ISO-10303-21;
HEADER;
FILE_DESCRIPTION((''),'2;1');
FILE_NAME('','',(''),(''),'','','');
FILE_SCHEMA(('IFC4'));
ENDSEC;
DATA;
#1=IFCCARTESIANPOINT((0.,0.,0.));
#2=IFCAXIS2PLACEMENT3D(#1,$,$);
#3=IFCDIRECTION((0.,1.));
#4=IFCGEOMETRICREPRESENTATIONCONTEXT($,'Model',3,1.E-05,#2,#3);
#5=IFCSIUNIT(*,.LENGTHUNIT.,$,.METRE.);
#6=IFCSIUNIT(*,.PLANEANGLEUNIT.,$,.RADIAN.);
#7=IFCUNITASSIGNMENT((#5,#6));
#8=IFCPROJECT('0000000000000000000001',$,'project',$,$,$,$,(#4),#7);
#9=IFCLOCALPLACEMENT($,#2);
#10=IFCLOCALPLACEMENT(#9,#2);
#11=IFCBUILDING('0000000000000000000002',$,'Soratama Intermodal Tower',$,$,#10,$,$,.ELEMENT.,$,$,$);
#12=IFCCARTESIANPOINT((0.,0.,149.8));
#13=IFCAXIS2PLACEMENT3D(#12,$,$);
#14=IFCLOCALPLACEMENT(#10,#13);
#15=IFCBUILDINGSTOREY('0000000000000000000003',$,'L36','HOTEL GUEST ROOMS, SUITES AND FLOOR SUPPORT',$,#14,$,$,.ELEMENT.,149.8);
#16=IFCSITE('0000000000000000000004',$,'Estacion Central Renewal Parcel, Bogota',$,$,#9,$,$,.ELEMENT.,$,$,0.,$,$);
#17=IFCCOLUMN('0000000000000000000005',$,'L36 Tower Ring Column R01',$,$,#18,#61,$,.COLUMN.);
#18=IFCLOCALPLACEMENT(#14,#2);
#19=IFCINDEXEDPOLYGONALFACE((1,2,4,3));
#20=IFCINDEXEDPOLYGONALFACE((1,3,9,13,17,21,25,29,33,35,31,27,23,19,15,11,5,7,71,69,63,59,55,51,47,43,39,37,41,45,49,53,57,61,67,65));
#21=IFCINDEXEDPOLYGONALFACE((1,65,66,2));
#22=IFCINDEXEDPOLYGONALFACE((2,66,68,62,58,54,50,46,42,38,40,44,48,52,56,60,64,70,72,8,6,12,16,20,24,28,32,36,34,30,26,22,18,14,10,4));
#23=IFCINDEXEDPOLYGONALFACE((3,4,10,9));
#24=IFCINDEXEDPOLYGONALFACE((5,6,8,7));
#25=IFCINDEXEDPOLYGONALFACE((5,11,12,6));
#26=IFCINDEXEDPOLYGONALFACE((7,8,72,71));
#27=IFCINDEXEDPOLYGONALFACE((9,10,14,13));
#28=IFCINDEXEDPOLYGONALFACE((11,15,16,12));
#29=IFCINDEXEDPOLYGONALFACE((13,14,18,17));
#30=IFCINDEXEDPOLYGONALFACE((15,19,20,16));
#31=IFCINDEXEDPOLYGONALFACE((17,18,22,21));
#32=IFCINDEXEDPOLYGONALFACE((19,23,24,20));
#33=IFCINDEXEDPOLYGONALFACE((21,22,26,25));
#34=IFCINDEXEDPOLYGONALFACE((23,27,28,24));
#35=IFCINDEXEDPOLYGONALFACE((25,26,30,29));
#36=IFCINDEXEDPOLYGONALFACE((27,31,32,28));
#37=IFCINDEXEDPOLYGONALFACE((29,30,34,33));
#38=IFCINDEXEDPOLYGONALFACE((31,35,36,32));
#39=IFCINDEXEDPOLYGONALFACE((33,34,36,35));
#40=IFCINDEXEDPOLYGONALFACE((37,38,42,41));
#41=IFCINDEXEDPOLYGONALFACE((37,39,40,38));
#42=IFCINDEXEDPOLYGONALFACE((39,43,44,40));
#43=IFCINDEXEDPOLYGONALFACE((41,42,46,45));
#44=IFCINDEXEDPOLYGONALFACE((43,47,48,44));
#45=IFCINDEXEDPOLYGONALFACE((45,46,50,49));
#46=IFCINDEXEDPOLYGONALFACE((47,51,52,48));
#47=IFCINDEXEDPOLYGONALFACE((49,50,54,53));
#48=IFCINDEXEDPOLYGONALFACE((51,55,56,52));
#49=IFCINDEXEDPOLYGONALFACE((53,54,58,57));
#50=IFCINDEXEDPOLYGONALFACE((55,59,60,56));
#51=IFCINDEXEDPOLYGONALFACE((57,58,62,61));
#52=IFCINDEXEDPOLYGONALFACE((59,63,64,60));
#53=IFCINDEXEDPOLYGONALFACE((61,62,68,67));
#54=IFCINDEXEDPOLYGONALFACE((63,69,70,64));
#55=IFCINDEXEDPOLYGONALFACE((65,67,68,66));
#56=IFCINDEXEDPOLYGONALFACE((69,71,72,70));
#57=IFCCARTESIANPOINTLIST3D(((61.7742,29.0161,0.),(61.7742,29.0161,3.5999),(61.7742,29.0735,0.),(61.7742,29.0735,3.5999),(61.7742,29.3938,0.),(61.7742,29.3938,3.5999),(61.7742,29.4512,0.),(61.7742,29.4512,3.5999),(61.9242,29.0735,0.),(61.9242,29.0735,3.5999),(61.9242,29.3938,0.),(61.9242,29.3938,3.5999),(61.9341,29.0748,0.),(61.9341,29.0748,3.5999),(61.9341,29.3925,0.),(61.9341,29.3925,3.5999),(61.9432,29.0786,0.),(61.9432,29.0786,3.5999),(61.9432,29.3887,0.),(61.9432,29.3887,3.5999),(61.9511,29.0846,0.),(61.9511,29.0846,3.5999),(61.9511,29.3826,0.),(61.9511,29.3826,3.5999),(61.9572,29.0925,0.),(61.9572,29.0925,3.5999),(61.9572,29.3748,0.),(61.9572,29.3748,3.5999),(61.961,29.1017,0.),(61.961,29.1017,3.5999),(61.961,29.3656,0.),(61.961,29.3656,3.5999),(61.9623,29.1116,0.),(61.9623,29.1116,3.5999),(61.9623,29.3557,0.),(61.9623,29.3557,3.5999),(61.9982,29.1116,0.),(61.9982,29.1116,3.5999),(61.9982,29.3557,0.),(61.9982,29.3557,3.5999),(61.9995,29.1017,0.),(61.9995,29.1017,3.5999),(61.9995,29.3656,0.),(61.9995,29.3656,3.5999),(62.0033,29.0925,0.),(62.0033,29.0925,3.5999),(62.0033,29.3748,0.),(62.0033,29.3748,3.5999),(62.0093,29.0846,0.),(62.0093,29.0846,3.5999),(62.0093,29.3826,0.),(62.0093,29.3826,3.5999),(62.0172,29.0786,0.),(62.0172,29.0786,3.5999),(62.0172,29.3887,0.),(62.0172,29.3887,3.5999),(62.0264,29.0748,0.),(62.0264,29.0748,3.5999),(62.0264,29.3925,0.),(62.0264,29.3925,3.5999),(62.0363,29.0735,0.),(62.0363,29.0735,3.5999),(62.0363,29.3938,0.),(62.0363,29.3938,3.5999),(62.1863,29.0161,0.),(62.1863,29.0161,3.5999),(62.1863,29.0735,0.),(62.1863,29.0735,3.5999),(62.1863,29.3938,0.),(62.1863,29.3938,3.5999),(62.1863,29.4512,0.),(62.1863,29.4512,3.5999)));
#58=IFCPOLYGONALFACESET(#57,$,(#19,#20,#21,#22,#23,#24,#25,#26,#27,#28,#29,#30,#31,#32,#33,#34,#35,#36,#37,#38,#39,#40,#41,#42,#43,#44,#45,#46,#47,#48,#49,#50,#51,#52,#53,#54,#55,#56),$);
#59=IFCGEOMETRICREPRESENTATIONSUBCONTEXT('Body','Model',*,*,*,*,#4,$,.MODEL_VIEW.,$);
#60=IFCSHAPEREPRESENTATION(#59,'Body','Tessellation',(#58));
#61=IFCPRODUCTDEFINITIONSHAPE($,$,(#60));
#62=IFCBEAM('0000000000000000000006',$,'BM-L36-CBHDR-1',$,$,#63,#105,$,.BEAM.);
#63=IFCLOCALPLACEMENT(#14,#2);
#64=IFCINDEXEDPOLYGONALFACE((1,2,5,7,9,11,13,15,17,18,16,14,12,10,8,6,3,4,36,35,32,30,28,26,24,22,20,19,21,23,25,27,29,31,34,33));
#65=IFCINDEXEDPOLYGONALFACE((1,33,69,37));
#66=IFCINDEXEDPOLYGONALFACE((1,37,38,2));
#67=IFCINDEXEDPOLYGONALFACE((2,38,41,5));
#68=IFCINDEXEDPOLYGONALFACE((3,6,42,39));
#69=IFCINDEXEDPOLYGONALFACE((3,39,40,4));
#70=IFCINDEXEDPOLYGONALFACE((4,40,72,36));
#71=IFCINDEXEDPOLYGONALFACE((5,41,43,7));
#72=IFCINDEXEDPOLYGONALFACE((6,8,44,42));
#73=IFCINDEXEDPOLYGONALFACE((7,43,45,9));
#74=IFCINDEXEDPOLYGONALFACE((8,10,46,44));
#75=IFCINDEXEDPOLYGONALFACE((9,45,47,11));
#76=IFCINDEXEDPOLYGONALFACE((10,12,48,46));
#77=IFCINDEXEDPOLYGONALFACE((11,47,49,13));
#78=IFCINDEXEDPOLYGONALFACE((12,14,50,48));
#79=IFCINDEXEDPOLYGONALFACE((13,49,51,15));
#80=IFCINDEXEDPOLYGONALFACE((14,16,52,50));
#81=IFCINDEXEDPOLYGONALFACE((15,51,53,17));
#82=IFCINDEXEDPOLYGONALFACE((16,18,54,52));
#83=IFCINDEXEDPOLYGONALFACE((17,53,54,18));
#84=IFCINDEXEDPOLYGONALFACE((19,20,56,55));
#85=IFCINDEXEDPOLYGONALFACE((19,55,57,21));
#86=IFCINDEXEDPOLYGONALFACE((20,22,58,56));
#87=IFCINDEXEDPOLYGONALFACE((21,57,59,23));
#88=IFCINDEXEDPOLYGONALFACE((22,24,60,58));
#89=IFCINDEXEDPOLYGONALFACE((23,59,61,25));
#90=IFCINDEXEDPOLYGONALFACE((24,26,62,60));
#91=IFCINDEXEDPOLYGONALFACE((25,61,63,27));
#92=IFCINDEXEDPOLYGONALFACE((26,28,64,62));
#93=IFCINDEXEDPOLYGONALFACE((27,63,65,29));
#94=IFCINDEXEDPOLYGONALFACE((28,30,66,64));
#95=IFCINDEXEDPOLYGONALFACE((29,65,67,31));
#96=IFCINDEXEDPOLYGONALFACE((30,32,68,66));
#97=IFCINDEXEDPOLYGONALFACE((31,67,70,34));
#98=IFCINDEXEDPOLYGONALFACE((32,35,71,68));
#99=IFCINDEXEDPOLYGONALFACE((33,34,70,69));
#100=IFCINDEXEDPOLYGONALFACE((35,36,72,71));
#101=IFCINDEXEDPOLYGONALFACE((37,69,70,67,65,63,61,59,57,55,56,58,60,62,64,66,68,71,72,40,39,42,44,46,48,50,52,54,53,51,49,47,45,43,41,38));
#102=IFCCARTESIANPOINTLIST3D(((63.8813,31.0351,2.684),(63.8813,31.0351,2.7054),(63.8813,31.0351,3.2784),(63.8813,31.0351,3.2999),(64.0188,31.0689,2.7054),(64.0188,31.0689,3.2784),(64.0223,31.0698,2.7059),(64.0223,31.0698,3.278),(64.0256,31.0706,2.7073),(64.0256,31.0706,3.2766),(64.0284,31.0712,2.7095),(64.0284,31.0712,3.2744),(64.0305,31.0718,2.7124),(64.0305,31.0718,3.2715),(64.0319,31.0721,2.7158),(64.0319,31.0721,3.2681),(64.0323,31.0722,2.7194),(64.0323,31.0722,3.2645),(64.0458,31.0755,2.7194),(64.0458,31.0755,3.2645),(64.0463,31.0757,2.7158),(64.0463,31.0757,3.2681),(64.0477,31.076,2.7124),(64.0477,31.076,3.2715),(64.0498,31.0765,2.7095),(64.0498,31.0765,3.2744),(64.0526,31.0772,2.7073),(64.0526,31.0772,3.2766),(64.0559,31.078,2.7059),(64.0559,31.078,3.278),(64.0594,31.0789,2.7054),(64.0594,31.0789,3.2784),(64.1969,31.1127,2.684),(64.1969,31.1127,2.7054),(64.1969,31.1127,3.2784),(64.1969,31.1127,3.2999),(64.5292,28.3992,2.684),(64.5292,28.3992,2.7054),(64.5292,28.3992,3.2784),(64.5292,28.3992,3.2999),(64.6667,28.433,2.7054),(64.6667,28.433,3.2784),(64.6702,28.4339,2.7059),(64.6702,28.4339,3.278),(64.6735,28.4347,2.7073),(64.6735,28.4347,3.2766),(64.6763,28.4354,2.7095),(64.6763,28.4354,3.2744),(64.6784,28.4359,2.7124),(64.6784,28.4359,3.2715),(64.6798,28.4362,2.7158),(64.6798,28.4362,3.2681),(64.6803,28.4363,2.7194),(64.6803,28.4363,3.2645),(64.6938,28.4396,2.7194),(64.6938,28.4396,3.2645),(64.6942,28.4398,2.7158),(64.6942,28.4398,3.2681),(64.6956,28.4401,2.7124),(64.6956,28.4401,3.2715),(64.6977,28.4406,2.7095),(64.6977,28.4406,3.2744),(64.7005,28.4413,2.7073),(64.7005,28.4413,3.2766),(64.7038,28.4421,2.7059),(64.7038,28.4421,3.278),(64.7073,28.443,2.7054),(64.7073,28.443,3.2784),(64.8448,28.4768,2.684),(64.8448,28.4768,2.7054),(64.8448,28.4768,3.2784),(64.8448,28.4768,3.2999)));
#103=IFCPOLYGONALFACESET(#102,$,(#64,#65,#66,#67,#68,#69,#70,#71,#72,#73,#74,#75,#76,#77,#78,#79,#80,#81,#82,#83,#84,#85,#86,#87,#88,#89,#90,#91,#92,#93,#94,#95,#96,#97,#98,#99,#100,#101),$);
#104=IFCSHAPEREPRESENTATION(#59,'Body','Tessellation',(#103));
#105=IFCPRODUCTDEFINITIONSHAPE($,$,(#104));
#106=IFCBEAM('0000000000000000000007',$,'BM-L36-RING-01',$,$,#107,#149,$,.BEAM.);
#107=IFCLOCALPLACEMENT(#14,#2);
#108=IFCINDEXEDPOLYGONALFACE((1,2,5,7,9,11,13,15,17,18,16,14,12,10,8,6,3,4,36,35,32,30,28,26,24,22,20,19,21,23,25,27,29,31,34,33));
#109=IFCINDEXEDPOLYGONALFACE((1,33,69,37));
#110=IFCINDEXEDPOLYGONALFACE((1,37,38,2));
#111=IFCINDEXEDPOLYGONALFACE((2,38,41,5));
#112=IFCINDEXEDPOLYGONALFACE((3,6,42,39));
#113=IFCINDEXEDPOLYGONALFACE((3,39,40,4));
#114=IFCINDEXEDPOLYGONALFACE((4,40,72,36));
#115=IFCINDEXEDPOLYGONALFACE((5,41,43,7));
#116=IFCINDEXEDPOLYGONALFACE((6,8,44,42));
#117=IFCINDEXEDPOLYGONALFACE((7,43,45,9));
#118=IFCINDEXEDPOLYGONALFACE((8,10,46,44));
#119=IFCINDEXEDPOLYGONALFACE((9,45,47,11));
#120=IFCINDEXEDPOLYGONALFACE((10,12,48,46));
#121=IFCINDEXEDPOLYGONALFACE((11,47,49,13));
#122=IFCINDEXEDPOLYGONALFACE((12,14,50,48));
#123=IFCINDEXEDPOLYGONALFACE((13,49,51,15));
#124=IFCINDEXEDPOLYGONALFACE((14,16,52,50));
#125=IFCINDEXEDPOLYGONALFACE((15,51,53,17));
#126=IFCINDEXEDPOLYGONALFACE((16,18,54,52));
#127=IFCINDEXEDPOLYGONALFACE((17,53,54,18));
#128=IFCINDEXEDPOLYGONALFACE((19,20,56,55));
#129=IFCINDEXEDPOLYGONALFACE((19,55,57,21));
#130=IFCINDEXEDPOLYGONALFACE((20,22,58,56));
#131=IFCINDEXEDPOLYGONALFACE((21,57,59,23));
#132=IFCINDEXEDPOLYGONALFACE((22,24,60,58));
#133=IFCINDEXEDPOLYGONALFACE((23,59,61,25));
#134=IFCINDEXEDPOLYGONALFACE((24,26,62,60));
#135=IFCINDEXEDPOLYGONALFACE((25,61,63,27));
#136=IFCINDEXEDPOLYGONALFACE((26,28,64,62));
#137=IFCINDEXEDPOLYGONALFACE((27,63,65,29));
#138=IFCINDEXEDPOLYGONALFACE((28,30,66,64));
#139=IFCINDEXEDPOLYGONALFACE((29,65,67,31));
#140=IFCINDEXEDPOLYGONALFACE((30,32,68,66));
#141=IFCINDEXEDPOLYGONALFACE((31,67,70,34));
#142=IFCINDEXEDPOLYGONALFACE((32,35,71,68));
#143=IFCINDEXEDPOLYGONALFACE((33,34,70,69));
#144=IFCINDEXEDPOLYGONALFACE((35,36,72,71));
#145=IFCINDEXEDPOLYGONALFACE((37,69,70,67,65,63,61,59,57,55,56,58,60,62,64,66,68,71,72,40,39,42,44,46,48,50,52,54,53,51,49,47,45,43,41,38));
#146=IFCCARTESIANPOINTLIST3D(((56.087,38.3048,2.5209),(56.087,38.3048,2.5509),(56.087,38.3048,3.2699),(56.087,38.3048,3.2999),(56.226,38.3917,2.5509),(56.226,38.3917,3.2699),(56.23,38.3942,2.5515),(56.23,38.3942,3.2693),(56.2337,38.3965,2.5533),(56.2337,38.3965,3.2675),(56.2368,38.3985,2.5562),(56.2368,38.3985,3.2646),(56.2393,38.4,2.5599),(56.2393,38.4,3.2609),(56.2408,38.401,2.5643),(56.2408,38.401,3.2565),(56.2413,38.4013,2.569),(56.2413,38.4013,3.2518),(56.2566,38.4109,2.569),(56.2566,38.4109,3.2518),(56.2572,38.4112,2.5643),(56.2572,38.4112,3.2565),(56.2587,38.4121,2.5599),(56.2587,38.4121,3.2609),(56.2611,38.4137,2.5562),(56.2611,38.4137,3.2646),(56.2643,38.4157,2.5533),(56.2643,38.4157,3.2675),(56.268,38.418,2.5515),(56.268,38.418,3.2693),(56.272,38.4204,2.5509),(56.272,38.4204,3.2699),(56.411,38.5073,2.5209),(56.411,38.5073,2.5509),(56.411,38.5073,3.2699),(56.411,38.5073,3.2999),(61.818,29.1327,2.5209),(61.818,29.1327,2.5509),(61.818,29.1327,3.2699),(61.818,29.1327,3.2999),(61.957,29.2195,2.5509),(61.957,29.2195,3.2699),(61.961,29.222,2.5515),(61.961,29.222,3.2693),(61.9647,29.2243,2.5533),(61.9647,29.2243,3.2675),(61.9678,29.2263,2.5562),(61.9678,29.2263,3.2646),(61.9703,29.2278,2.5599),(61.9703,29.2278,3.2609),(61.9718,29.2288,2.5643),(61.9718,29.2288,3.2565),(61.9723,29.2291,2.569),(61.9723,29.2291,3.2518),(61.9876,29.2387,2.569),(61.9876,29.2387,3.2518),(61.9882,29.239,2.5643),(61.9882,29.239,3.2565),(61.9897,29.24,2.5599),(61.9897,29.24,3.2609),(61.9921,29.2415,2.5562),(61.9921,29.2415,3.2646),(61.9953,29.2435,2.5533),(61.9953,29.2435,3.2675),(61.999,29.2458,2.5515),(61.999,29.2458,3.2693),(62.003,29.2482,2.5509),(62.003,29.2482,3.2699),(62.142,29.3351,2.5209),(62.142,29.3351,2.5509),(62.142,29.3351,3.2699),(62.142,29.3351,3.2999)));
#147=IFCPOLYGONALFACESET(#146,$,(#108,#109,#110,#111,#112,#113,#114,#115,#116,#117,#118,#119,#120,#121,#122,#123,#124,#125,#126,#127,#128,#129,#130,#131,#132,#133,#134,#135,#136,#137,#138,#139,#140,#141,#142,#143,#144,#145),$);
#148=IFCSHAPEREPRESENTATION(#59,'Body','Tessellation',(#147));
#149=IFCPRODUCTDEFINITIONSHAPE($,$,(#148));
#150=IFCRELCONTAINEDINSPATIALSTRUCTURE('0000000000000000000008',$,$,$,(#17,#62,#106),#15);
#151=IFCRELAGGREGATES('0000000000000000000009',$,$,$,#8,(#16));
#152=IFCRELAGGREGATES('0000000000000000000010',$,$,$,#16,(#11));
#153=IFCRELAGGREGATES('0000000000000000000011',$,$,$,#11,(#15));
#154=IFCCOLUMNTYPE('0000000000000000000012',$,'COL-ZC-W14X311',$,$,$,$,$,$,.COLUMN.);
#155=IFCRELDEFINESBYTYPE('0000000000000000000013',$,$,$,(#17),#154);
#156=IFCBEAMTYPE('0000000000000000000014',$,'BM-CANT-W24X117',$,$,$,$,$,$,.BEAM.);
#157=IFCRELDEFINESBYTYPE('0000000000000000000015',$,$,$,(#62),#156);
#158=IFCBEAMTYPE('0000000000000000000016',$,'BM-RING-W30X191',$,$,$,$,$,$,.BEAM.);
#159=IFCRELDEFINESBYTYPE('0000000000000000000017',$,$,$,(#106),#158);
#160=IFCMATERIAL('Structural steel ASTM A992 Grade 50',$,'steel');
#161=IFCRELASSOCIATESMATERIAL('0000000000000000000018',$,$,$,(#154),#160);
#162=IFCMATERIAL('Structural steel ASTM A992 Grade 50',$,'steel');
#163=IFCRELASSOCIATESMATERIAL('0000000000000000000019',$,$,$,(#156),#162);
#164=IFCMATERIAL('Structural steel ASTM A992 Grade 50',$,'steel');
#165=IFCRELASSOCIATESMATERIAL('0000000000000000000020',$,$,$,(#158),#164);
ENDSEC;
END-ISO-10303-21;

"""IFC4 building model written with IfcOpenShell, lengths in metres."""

from ifc_helpers import new_model, si_unit, direction, frame, origin, origin_2d, place, context, subcontext, project, spatial, i_section, extrude, material, material_profile, profile_set, type_object, element, save


model = new_model("IFC4")

# Units and contexts
model_context = context("Model", 3, precision=1e-05, world=origin(), true_north=direction((0.0, 1.0)))
body_context = subcontext(model_context, "Body", "Model", "MODEL_VIEW")
ifc_project = project(units=[si_unit("LENGTHUNIT", "METRE"), si_unit("PLANEANGLEUNIT", "RADIAN")], contexts=[model_context])

# Site, building, storey
site_placement = place(None, origin())
site = spatial("IfcSite", under=ifc_project, at=site_placement, Name="Estacion Central Renewal Parcel, Bogota", CompositionType="ELEMENT", RefElevation=0.0)
building_placement = place(site_placement, origin())
building = spatial("IfcBuilding", under=site, at=building_placement, Name="Soratama Intermodal Tower", CompositionType="ELEMENT")
storey_placement = place(building_placement, frame((0.0, 0.0, 149.8)))
storey = spatial("IfcBuildingStorey", under=building, at=storey_placement, Name="L36", Description="HOTEL GUEST ROOMS, SUITES AND FLOOR SUPPORT", CompositionType="ELEMENT", Elevation=149.8)

# Column
ifc_material_1 = material(Name="Structural steel ASTM A992 Grade 50", Category="steel")
ifc_material_profile_1 = material_profile(ifc_material_1, i_section(OverallWidth=0.4121, OverallDepth=0.4351, WebThickness=0.0359, FlangeThickness=0.0574, FilletRadius=0.0381, at=origin_2d()), Name="W14X311")
ifc_profile_set_1 = profile_set([ifc_material_profile_1], Name="Structural steel ASTM A992 Grade 50")
column_type = type_object("IfcColumnType", Name="COL-ZC-W14X311", PredefinedType="COLUMN", material=ifc_profile_set_1)
column_placement = place(storey_placement, frame((61.9802, 29.2336, 0.0), z_axis=(0.0, 0.0, 1.0), x_axis=(1.0, 0.0, 0.0)))
element("IfcColumn", 1, at=column_placement, inside=storey, type_object=column_type, Name="L36 Tower Ring Column R01", PredefinedType="COLUMN", context=body_context, shape_type="SweptSolid", body=[
    extrude(i_section(OverallWidth=0.4121, OverallDepth=0.4351, WebThickness=0.0359, FlangeThickness=0.0574, FilletRadius=0.0381, at=origin_2d()), origin(), (0.0, 0.0, 1.0), 3.5999),
])

# Beams
ifc_material_2 = material(Name="Structural steel ASTM A992 Grade 50", Category="steel")
ifc_material_profile_2 = material_profile(ifc_material_2, i_section(OverallWidth=0.325, OverallDepth=0.616, WebThickness=0.0139, FlangeThickness=0.0215, FilletRadius=0.0139, at=origin_2d()), Name="W24X117")
ifc_profile_set_2 = profile_set([ifc_material_profile_2], Name="Structural steel ASTM A992 Grade 50")
beam_type_1 = type_object("IfcBeamType", Name="BM-CANT-W24X117", PredefinedType="BEAM", material=ifc_profile_set_2)
beam_1_placement = place(storey_placement, frame((64.687, 28.438, 2.9919), z_axis=(-0.238703, 0.971093, 0.0), x_axis=(-0.971093, -0.238703, 0.0)))
element("IfcBeam", 2, at=beam_1_placement, inside=storey, type_object=beam_type_1, Name="BM-L36-CBHDR-1", PredefinedType="BEAM", context=body_context, shape_type="SweptSolid", body=[
    extrude(i_section(OverallWidth=0.325, OverallDepth=0.616, WebThickness=0.0139, FlangeThickness=0.0215, FilletRadius=0.0139, at=origin_2d()), origin(), (0.0, 0.0, 1.0), 2.7144),
])
ifc_material_3 = material(Name="Structural steel ASTM A992 Grade 50", Category="steel")
ifc_material_profile_3 = material_profile(ifc_material_3, i_section(OverallWidth=0.3821, OverallDepth=0.7791, WebThickness=0.0181, FlangeThickness=0.03, FilletRadius=0.0181, at=origin_2d()), Name="W30X191")
ifc_profile_set_3 = profile_set([ifc_material_profile_3], Name="Structural steel ASTM A992 Grade 50")
beam_type_2 = type_object("IfcBeamType", Name="BM-RING-W30X191", PredefinedType="BEAM", material=ifc_profile_set_3)
beam_2_placement = place(storey_placement, frame((61.98, 29.2339, 2.9104), z_axis=(-0.529891, 0.848066, 0.0), x_axis=(-0.848066, -0.529891, 0.0)))
element("IfcBeam", 3, at=beam_2_placement, inside=storey, type_object=beam_type_2, Name="BM-L36-RING-01", PredefinedType="BEAM", context=body_context, shape_type="SweptSolid", body=[
    extrude(i_section(OverallWidth=0.3821, OverallDepth=0.7791, WebThickness=0.0181, FlangeThickness=0.03, FilletRadius=0.0181, at=origin_2d()), origin(), (0.0, 0.0, 1.0), 10.8154),
])

save(model, "model.ifc")
